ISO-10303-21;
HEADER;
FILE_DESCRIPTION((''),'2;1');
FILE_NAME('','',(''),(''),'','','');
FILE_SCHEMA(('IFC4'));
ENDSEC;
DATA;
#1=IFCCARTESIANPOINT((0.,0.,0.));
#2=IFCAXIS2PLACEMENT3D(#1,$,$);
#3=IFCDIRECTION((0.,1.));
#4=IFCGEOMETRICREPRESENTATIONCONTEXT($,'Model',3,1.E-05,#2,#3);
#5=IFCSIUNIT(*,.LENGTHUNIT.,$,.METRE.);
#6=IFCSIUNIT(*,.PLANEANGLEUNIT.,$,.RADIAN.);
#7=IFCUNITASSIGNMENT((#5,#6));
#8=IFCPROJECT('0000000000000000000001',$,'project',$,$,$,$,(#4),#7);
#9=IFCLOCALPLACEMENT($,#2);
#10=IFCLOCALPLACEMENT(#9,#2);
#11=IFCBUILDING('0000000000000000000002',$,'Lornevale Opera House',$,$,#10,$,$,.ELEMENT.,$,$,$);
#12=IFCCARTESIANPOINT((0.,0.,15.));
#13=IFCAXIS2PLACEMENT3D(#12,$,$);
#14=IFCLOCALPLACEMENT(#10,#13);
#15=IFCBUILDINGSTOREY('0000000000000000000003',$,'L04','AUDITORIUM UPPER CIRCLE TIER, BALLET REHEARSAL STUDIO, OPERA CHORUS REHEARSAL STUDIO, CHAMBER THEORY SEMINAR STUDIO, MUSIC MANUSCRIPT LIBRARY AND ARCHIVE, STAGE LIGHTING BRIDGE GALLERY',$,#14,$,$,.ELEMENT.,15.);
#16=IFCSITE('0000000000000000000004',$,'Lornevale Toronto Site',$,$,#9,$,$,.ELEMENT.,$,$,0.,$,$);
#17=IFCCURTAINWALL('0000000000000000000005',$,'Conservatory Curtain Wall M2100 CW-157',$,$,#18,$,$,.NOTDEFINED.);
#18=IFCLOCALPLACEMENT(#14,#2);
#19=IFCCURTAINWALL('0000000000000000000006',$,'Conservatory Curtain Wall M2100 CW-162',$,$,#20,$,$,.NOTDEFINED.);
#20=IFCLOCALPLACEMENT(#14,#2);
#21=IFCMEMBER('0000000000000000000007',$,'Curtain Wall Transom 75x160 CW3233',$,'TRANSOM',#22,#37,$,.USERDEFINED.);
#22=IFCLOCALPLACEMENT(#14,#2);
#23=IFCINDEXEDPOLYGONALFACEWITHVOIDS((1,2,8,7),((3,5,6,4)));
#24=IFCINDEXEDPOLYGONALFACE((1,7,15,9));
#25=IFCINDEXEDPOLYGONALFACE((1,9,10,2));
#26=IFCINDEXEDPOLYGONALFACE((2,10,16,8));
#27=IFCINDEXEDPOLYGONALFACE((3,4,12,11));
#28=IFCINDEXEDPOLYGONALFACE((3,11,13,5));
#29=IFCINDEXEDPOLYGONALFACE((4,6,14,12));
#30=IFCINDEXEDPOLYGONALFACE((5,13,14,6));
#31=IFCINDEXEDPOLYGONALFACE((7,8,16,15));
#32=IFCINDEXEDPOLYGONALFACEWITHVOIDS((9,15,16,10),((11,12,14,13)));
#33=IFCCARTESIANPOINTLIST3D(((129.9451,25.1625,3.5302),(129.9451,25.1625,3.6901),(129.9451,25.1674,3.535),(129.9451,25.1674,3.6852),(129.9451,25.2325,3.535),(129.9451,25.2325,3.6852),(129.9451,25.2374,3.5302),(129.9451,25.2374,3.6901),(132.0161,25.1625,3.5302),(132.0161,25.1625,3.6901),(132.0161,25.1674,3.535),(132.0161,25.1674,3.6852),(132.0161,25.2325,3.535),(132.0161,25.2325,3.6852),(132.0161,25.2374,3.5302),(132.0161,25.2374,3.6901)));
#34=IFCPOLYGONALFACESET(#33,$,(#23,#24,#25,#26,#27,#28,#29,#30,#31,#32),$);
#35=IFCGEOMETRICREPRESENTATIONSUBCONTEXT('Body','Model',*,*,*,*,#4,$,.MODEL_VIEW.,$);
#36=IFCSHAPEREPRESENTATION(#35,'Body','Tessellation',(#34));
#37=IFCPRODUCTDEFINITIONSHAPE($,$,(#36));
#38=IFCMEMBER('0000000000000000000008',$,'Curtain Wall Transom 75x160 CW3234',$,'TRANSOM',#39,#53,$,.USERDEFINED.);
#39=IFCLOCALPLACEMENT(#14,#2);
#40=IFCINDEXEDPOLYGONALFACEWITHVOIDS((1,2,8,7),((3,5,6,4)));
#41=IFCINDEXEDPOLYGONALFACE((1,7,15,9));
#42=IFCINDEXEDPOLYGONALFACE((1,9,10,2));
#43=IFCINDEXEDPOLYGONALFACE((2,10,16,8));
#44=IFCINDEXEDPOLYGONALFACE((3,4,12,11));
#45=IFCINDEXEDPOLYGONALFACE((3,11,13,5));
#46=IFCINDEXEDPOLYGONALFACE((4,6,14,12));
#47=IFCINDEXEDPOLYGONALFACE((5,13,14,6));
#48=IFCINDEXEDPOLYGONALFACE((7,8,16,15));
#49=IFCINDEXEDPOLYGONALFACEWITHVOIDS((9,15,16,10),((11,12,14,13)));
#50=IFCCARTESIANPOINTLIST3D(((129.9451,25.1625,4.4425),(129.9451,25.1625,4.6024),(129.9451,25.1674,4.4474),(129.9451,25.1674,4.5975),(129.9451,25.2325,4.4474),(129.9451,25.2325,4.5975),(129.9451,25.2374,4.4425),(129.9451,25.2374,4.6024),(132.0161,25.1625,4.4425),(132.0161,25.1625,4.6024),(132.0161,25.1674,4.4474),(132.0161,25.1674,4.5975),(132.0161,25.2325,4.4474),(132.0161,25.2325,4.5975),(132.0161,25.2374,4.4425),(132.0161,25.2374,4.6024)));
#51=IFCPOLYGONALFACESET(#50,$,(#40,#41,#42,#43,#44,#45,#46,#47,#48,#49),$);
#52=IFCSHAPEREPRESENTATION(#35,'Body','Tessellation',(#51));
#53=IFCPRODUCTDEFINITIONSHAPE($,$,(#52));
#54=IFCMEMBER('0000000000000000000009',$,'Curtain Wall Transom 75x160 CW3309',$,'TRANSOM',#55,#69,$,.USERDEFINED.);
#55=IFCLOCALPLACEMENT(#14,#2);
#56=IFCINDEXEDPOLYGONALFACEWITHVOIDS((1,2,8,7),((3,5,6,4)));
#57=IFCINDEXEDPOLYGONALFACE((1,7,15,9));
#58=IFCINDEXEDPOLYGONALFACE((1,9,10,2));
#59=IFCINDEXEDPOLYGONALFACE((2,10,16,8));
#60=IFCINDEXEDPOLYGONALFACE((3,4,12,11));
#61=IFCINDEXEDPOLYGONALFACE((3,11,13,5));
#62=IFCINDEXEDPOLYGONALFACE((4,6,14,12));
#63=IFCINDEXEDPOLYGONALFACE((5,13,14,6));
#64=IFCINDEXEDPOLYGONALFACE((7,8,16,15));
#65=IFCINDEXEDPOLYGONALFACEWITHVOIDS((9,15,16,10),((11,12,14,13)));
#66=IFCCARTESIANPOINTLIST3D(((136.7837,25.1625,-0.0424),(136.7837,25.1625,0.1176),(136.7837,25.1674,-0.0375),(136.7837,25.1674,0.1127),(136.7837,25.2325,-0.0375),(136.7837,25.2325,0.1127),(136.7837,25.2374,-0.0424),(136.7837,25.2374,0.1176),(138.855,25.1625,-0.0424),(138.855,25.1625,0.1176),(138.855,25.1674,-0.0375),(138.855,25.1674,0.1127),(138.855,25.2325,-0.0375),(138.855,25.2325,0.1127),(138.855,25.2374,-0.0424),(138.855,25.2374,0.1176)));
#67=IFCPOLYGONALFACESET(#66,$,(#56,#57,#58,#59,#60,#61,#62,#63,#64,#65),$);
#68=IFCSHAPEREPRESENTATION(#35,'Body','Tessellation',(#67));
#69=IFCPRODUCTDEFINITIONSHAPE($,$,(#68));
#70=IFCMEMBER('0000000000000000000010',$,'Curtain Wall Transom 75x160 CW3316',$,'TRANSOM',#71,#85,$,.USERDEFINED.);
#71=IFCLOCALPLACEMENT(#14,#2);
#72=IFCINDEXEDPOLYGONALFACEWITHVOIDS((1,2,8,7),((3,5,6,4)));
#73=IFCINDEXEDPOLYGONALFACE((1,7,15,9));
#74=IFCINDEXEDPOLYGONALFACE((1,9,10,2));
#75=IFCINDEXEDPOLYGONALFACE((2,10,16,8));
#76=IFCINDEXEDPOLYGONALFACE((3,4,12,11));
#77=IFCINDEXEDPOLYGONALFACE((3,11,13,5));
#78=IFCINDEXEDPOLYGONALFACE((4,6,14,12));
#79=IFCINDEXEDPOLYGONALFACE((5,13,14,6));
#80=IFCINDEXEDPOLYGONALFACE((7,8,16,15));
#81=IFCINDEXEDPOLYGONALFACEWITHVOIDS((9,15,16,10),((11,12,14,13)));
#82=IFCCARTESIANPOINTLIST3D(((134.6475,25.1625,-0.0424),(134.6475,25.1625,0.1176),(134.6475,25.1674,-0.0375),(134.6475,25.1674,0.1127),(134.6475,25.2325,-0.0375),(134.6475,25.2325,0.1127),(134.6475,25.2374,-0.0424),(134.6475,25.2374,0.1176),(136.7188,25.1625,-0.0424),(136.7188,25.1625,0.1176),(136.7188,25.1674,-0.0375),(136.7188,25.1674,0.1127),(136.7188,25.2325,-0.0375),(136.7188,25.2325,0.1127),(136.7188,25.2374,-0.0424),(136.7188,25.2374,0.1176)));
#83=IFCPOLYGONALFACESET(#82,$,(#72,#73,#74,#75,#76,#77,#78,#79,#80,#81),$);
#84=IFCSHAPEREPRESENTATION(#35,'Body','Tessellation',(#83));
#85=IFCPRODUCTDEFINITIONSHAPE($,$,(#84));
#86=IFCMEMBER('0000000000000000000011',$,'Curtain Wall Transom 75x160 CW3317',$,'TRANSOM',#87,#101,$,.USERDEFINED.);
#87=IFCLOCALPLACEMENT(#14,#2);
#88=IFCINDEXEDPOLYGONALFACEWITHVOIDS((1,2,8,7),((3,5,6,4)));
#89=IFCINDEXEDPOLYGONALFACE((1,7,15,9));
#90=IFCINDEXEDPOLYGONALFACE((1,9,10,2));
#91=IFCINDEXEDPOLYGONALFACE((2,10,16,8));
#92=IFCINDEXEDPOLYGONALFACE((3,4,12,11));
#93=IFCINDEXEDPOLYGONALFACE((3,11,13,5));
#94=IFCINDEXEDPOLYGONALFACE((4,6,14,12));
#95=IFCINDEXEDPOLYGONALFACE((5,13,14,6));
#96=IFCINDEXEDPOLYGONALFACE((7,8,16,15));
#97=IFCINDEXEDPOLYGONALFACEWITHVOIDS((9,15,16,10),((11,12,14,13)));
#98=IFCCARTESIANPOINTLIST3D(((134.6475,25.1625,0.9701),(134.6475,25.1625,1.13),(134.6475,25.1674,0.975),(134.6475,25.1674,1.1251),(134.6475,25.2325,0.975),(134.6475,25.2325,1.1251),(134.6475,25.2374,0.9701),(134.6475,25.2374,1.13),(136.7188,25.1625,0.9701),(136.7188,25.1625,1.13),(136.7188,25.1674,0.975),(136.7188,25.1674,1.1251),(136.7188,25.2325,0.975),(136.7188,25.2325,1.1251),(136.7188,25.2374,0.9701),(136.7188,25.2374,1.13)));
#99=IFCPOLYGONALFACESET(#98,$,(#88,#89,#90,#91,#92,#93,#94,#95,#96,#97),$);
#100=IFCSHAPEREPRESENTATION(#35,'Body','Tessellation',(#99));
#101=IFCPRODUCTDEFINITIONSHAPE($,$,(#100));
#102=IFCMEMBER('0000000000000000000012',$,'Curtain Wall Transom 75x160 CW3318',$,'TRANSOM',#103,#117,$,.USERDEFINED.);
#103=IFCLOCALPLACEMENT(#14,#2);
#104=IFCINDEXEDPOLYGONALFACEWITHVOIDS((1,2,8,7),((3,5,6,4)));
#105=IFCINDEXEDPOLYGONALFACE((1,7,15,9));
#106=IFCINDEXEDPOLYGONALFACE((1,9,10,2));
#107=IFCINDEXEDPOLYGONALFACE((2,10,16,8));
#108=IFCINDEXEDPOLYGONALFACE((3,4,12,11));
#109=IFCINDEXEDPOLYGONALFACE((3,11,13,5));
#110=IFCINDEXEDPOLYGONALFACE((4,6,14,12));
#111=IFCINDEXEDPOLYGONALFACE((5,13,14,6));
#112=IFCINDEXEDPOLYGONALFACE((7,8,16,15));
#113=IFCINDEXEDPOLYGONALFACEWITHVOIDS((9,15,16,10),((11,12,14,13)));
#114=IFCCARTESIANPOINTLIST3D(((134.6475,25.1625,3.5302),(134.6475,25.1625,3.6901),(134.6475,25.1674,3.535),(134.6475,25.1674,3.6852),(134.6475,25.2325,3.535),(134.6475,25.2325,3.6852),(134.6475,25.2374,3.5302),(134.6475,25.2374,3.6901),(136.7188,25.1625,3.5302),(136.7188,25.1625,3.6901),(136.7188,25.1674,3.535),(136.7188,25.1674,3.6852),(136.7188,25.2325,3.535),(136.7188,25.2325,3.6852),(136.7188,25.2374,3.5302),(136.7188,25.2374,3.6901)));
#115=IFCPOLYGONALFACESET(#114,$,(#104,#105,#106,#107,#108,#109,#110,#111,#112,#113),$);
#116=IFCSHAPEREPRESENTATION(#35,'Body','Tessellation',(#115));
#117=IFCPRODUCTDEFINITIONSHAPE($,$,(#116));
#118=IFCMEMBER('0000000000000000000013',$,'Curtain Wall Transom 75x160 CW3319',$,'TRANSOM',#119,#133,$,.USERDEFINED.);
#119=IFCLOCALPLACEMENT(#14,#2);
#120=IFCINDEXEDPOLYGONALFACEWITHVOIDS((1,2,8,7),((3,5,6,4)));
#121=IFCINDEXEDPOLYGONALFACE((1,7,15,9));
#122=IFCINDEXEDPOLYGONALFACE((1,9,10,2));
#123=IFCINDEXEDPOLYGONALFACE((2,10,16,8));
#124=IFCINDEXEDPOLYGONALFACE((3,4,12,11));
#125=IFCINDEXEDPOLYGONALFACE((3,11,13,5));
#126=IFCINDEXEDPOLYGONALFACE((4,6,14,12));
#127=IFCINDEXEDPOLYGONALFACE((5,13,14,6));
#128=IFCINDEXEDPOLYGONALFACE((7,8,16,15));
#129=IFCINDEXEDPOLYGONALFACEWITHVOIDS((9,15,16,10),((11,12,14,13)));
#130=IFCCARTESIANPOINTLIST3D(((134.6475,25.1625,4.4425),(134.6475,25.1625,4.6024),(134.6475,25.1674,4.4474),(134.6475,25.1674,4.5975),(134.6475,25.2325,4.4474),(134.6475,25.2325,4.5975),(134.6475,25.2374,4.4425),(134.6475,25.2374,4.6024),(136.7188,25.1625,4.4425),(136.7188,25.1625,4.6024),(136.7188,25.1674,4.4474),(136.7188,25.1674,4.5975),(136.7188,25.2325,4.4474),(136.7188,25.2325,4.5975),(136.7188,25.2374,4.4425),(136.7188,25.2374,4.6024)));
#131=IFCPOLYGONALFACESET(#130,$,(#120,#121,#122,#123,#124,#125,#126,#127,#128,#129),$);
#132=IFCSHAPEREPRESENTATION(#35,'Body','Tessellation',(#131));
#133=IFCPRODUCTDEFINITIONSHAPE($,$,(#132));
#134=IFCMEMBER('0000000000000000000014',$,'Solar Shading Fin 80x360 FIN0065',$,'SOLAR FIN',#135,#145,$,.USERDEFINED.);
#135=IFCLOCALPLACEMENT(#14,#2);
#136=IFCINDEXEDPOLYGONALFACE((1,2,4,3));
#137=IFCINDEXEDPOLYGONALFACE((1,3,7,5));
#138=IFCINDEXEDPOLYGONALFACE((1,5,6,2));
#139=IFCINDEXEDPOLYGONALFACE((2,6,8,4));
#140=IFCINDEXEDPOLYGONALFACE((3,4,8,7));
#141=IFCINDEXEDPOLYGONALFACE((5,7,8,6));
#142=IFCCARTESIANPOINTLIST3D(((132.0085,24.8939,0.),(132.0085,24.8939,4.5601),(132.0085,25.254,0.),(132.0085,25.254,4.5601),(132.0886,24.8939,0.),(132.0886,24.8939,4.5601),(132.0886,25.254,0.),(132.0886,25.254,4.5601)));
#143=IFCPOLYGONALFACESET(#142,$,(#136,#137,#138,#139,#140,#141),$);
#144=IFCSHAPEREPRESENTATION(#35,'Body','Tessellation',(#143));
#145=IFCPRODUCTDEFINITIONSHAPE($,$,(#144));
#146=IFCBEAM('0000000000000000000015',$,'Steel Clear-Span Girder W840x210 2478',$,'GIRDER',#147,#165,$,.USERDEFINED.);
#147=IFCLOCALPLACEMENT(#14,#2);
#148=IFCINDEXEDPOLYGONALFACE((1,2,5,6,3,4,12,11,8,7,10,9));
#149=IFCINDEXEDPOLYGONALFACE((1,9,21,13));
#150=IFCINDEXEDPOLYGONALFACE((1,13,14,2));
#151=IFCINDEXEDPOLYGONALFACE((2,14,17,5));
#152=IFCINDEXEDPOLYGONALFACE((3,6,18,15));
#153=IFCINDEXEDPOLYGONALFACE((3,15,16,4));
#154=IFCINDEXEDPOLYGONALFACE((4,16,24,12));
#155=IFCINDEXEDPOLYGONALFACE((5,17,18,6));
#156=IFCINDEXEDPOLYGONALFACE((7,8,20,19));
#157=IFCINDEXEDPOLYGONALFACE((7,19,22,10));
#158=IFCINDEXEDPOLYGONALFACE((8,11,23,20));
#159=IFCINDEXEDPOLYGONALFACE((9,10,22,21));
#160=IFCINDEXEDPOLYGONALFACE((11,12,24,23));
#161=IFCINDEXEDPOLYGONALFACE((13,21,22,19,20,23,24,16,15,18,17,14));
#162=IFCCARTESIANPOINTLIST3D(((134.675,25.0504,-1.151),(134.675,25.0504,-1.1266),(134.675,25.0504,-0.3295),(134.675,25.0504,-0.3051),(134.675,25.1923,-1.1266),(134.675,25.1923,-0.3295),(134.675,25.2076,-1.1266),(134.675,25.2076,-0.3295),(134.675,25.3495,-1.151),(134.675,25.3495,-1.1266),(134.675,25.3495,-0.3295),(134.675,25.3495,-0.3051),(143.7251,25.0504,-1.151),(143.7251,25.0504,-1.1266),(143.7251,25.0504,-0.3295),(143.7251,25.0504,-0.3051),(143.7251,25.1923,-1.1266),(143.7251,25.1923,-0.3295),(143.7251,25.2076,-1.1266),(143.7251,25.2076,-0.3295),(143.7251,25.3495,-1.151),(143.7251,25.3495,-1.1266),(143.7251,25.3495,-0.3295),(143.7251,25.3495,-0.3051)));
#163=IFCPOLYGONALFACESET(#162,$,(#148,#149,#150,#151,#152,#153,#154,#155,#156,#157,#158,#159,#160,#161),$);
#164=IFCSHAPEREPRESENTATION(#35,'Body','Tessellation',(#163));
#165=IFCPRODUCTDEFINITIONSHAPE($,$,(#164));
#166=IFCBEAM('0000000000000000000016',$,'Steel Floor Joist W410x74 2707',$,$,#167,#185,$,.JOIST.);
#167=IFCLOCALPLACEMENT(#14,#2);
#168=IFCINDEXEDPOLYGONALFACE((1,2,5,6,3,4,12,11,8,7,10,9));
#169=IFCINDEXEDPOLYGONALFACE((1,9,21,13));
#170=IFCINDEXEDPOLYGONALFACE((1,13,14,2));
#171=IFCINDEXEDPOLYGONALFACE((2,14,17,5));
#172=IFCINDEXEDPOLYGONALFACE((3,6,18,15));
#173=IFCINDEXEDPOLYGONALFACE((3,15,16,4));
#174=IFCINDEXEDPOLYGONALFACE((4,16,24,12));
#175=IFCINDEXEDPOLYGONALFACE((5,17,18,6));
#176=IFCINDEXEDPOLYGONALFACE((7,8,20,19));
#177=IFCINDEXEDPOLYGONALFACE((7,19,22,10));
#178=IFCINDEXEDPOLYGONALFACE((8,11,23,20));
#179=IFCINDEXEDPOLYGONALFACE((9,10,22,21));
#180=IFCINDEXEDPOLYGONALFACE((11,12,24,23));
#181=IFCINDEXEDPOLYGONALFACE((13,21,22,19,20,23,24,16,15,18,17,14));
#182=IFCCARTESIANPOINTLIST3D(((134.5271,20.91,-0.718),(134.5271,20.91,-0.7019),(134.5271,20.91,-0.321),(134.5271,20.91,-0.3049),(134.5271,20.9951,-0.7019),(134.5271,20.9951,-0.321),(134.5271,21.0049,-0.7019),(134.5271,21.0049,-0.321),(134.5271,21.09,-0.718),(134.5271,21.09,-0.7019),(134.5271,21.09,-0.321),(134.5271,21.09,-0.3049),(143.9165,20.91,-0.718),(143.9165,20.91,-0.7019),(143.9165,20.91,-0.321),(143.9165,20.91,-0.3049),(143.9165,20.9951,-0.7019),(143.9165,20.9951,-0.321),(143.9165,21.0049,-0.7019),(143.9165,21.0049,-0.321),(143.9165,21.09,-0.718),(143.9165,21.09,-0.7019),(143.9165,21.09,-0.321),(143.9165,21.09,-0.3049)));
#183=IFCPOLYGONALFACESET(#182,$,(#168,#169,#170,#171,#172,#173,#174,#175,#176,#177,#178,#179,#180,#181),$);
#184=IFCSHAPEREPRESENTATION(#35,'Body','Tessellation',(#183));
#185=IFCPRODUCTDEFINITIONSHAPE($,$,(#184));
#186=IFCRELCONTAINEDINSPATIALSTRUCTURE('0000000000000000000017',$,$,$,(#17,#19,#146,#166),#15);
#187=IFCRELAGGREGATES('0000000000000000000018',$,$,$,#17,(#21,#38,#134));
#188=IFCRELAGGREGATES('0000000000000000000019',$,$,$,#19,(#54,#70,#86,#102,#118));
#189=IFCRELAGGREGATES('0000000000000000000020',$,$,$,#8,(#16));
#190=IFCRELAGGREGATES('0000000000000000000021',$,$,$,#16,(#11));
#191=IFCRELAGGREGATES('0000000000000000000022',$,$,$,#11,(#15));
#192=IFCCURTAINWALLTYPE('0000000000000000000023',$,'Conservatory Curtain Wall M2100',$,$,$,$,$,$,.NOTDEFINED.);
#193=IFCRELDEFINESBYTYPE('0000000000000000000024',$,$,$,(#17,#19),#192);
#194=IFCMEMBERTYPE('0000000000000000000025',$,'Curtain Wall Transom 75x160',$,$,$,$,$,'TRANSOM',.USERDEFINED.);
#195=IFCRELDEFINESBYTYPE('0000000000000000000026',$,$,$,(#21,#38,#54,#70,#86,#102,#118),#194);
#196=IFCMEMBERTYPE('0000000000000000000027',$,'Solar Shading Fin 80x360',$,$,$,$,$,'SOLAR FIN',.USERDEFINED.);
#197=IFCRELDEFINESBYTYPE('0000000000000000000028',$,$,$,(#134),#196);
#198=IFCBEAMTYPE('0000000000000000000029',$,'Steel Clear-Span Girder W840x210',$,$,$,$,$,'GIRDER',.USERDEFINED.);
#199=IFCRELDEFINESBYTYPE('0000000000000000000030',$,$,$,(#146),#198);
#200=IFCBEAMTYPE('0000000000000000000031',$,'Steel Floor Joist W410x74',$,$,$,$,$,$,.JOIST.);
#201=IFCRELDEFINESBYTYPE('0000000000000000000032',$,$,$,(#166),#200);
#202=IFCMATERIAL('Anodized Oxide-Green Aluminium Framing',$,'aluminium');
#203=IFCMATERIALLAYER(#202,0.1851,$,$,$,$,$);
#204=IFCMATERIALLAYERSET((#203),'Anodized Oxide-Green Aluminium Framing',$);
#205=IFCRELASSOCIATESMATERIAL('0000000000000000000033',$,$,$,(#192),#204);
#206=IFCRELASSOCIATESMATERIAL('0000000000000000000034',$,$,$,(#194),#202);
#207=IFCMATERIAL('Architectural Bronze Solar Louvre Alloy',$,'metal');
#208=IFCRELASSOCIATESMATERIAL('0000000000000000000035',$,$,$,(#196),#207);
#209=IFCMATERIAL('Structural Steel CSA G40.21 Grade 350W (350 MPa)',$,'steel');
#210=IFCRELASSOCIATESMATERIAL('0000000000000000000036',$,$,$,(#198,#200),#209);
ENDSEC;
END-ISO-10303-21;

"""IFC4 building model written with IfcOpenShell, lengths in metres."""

from ifc_helpers import new_model, si_unit, direction, frame, origin, origin_2d, place, context, subcontext, project, spatial, rectangle, hollow_rectangle, i_section, extrude, material, layer, layer_set, material_profile, profile_set, type_object, element, aggregate, save


model = new_model("IFC4")

# Units and contexts
model_context = context("Model", 3, precision=1e-05, world=origin(), true_north=direction((0.0, 1.0)))
body_context = subcontext(model_context, "Body", "Model", "MODEL_VIEW")
ifc_project = project(units=[si_unit("LENGTHUNIT", "METRE"), si_unit("PLANEANGLEUNIT", "RADIAN")], contexts=[model_context])

# Site, building, storey
site_placement = place(None, origin())
site = spatial("IfcSite", under=ifc_project, at=site_placement, Name="Lornevale Toronto Site", CompositionType="ELEMENT", RefElevation=0.0)
building_placement = place(site_placement, origin())
building = spatial("IfcBuilding", under=site, at=building_placement, Name="Lornevale Opera House", CompositionType="ELEMENT")
storey_placement = place(building_placement, frame((0.0, 0.0, 15.0)))
storey = spatial("IfcBuildingStorey", under=building, at=storey_placement, Name="L04", Description="AUDITORIUM UPPER CIRCLE TIER, BALLET REHEARSAL STUDIO, OPERA CHORUS REHEARSAL STUDIO, CHAMBER THEORY SEMINAR STUDIO, MUSIC MANUSCRIPT LIBRARY AND ARCHIVE, STAGE LIGHTING BRIDGE GALLERY", CompositionType="ELEMENT", Elevation=15.0)

# Shared definitions
ifc_material_1 = material(Name="Structural Steel CSA G40.21 Grade 350W (350 MPa)", Category="steel")

# Curtain walls
ifc_material_2 = material(Name="Anodized Oxide-Green Aluminium Framing", Category="aluminium")
ifc_layer_1 = layer(ifc_material_2, 0.1851)
ifc_layer_set_1 = layer_set([ifc_layer_1], Name="Anodized Oxide-Green Aluminium Framing")
curtain_wall_type = type_object("IfcCurtainWallType", Name="Conservatory Curtain Wall M2100", PredefinedType="NOTDEFINED", material=ifc_layer_set_1)
curtain_wall_1_placement = place(storey_placement, origin())
curtain_wall_1 = element("IfcCurtainWall", 1, at=curtain_wall_1_placement, inside=storey, type_object=curtain_wall_type, Name="Conservatory Curtain Wall M2100 CW-157", PredefinedType="NOTDEFINED")
curtain_wall_2_placement = place(storey_placement, origin())
curtain_wall_2 = element("IfcCurtainWall", 2, at=curtain_wall_2_placement, inside=storey, type_object=curtain_wall_type, Name="Conservatory Curtain Wall M2100 CW-162", PredefinedType="NOTDEFINED")

# Members
ifc_material_profile_1 = material_profile(ifc_material_2, hollow_rectangle(XDim=0.075, YDim=0.1599, WallThickness=0.0049, at=origin_2d()), Name="ALU75x160x5")
ifc_profile_set_1 = profile_set([ifc_material_profile_1], Name="Anodized Oxide-Green Aluminium Framing")
member_type_1 = type_object("IfcMemberType", Name="Curtain Wall Transom 75x160", ElementType="TRANSOM", PredefinedType="USERDEFINED", material=ifc_profile_set_1)
member_1_placement = place(storey_placement, frame((132.0161, 25.2, 3.6101), z_axis=(-1.0, 0.0, 0.0), x_axis=(0.0, -1.0, 0.0)))
member_1 = element("IfcMember", 3, at=member_1_placement, type_object=member_type_1, Name="Curtain Wall Transom 75x160 CW3233", ObjectType="TRANSOM", PredefinedType="USERDEFINED", context=body_context, shape_type="SweptSolid", body=[
    extrude(hollow_rectangle(XDim=0.075, YDim=0.1599, WallThickness=0.0049, at=origin_2d()), origin(), (0.0, 0.0, 1.0), 2.071),
])
member_2_placement = place(storey_placement, frame((132.0161, 25.2, 4.5225), z_axis=(-1.0, 0.0, 0.0), x_axis=(0.0, -1.0, 0.0)))
member_2 = element("IfcMember", 4, at=member_2_placement, type_object=member_type_1, Name="Curtain Wall Transom 75x160 CW3234", ObjectType="TRANSOM", PredefinedType="USERDEFINED", context=body_context, shape_type="SweptSolid", body=[
    extrude(hollow_rectangle(XDim=0.075, YDim=0.1599, WallThickness=0.0049, at=origin_2d()), origin(), (0.0, 0.0, 1.0), 2.071),
])
member_3_placement = place(storey_placement, frame((138.855, 25.2, 0.0376), z_axis=(-1.0, 0.0, 0.0), x_axis=(0.0, -1.0, 0.0)))
member_3 = element("IfcMember", 5, at=member_3_placement, type_object=member_type_1, Name="Curtain Wall Transom 75x160 CW3309", ObjectType="TRANSOM", PredefinedType="USERDEFINED", context=body_context, shape_type="SweptSolid", body=[
    extrude(hollow_rectangle(XDim=0.075, YDim=0.1599, WallThickness=0.0049, at=origin_2d()), origin(), (0.0, 0.0, 1.0), 2.0713),
])
member_4_placement = place(storey_placement, frame((136.7188, 25.2, 0.0376), z_axis=(-1.0, 0.0, 0.0), x_axis=(0.0, -1.0, 0.0)))
member_4 = element("IfcMember", 6, at=member_4_placement, type_object=member_type_1, Name="Curtain Wall Transom 75x160 CW3316", ObjectType="TRANSOM", PredefinedType="USERDEFINED", context=body_context, shape_type="SweptSolid", body=[
    extrude(hollow_rectangle(XDim=0.075, YDim=0.1599, WallThickness=0.0049, at=origin_2d()), origin(), (0.0, 0.0, 1.0), 2.0713),
])
member_5_placement = place(storey_placement, frame((136.7188, 25.2, 1.05), z_axis=(-1.0, 0.0, 0.0), x_axis=(0.0, -1.0, 0.0)))
member_5 = element("IfcMember", 7, at=member_5_placement, type_object=member_type_1, Name="Curtain Wall Transom 75x160 CW3317", ObjectType="TRANSOM", PredefinedType="USERDEFINED", context=body_context, shape_type="SweptSolid", body=[
    extrude(hollow_rectangle(XDim=0.075, YDim=0.1599, WallThickness=0.0049, at=origin_2d()), origin(), (0.0, 0.0, 1.0), 2.0713),
])
member_6_placement = place(storey_placement, frame((136.7188, 25.2, 3.6101), z_axis=(-1.0, 0.0, 0.0), x_axis=(0.0, -1.0, 0.0)))
member_6 = element("IfcMember", 8, at=member_6_placement, type_object=member_type_1, Name="Curtain Wall Transom 75x160 CW3318", ObjectType="TRANSOM", PredefinedType="USERDEFINED", context=body_context, shape_type="SweptSolid", body=[
    extrude(hollow_rectangle(XDim=0.075, YDim=0.1599, WallThickness=0.0049, at=origin_2d()), origin(), (0.0, 0.0, 1.0), 2.0713),
])
member_7_placement = place(storey_placement, frame((136.7188, 25.2, 4.5225), z_axis=(-1.0, 0.0, 0.0), x_axis=(0.0, -1.0, 0.0)))
member_7 = element("IfcMember", 9, at=member_7_placement, type_object=member_type_1, Name="Curtain Wall Transom 75x160 CW3319", ObjectType="TRANSOM", PredefinedType="USERDEFINED", context=body_context, shape_type="SweptSolid", body=[
    extrude(hollow_rectangle(XDim=0.075, YDim=0.1599, WallThickness=0.0049, at=origin_2d()), origin(), (0.0, 0.0, 1.0), 2.0713),
])
ifc_material_3 = material(Name="Architectural Bronze Solar Louvre Alloy", Category="metal")
ifc_material_profile_2 = material_profile(ifc_material_3, rectangle(XDim=0.0801, YDim=0.3601, at=origin_2d()), Name="FIN80x360")
ifc_profile_set_2 = profile_set([ifc_material_profile_2], Name="Architectural Bronze Solar Louvre Alloy")
member_type_2 = type_object("IfcMemberType", Name="Solar Shading Fin 80x360", ElementType="SOLAR FIN", PredefinedType="USERDEFINED", material=ifc_profile_set_2)
member_8_placement = place(storey_placement, frame((132.0486, 25.074, 0.0), z_axis=(0.0, 0.0, 1.0), x_axis=(-1.0, 0.0, 0.0)))
member_8 = element("IfcMember", 10, at=member_8_placement, type_object=member_type_2, Name="Solar Shading Fin 80x360 FIN0065", ObjectType="SOLAR FIN", PredefinedType="USERDEFINED", context=body_context, shape_type="SweptSolid", body=[
    extrude(rectangle(XDim=0.0801, YDim=0.3601, at=origin_2d()), origin(), (0.0, 0.0, 1.0), 4.5601),
])

# Beams
ifc_material_profile_3 = material_profile(ifc_material_1, i_section(OverallWidth=0.2991, OverallDepth=0.8459, WebThickness=0.0154, FlangeThickness=0.0244, at=origin_2d()), Name="W840x210")
ifc_profile_set_3 = profile_set([ifc_material_profile_3], Name="Structural Steel CSA G40.21 Grade 350W (350 MPa)")
beam_type_1 = type_object("IfcBeamType", Name="Steel Clear-Span Girder W840x210", ElementType="GIRDER", PredefinedType="USERDEFINED", material=ifc_profile_set_3)
beam_1_placement = place(storey_placement, frame((134.675, 25.2, -0.728), z_axis=(1.0, 0.0, 0.0), x_axis=(0.0, 1.0, 0.0)))
element("IfcBeam", 11, at=beam_1_placement, inside=storey, type_object=beam_type_1, Name="Steel Clear-Span Girder W840x210 2478", ObjectType="GIRDER", PredefinedType="USERDEFINED", context=body_context, shape_type="SweptSolid", body=[
    extrude(i_section(OverallWidth=0.2991, OverallDepth=0.8459, WebThickness=0.0154, FlangeThickness=0.0244, at=origin_2d()), origin(), (0.0, 0.0, 1.0), 9.05),
])
ifc_material_profile_4 = material_profile(ifc_material_1, i_section(OverallWidth=0.1799, OverallDepth=0.4131, WebThickness=0.0098, FlangeThickness=0.0161, at=origin_2d()), Name="W410x74")
ifc_profile_set_4 = profile_set([ifc_material_profile_4], Name="Structural Steel CSA G40.21 Grade 350W (350 MPa)")
beam_type_2 = type_object("IfcBeamType", Name="Steel Floor Joist W410x74", PredefinedType="JOIST", material=ifc_profile_set_4)
beam_2_placement = place(storey_placement, frame((134.5271, 21.0, -0.5115), z_axis=(1.0, 0.0, 0.0), x_axis=(0.0, 1.0, 0.0)))
element("IfcBeam", 12, at=beam_2_placement, inside=storey, type_object=beam_type_2, Name="Steel Floor Joist W410x74 2707", PredefinedType="JOIST", context=body_context, shape_type="SweptSolid", body=[
    extrude(i_section(OverallWidth=0.1799, OverallDepth=0.4131, WebThickness=0.0098, FlangeThickness=0.0161, at=origin_2d()), origin(), (0.0, 0.0, 1.0), 9.3894),
])

aggregate(curtain_wall_1, [member_1, member_2, member_8])
aggregate(curtain_wall_2, [member_3, member_4, member_5, member_6, member_7])

save(model, "model.ifc")
